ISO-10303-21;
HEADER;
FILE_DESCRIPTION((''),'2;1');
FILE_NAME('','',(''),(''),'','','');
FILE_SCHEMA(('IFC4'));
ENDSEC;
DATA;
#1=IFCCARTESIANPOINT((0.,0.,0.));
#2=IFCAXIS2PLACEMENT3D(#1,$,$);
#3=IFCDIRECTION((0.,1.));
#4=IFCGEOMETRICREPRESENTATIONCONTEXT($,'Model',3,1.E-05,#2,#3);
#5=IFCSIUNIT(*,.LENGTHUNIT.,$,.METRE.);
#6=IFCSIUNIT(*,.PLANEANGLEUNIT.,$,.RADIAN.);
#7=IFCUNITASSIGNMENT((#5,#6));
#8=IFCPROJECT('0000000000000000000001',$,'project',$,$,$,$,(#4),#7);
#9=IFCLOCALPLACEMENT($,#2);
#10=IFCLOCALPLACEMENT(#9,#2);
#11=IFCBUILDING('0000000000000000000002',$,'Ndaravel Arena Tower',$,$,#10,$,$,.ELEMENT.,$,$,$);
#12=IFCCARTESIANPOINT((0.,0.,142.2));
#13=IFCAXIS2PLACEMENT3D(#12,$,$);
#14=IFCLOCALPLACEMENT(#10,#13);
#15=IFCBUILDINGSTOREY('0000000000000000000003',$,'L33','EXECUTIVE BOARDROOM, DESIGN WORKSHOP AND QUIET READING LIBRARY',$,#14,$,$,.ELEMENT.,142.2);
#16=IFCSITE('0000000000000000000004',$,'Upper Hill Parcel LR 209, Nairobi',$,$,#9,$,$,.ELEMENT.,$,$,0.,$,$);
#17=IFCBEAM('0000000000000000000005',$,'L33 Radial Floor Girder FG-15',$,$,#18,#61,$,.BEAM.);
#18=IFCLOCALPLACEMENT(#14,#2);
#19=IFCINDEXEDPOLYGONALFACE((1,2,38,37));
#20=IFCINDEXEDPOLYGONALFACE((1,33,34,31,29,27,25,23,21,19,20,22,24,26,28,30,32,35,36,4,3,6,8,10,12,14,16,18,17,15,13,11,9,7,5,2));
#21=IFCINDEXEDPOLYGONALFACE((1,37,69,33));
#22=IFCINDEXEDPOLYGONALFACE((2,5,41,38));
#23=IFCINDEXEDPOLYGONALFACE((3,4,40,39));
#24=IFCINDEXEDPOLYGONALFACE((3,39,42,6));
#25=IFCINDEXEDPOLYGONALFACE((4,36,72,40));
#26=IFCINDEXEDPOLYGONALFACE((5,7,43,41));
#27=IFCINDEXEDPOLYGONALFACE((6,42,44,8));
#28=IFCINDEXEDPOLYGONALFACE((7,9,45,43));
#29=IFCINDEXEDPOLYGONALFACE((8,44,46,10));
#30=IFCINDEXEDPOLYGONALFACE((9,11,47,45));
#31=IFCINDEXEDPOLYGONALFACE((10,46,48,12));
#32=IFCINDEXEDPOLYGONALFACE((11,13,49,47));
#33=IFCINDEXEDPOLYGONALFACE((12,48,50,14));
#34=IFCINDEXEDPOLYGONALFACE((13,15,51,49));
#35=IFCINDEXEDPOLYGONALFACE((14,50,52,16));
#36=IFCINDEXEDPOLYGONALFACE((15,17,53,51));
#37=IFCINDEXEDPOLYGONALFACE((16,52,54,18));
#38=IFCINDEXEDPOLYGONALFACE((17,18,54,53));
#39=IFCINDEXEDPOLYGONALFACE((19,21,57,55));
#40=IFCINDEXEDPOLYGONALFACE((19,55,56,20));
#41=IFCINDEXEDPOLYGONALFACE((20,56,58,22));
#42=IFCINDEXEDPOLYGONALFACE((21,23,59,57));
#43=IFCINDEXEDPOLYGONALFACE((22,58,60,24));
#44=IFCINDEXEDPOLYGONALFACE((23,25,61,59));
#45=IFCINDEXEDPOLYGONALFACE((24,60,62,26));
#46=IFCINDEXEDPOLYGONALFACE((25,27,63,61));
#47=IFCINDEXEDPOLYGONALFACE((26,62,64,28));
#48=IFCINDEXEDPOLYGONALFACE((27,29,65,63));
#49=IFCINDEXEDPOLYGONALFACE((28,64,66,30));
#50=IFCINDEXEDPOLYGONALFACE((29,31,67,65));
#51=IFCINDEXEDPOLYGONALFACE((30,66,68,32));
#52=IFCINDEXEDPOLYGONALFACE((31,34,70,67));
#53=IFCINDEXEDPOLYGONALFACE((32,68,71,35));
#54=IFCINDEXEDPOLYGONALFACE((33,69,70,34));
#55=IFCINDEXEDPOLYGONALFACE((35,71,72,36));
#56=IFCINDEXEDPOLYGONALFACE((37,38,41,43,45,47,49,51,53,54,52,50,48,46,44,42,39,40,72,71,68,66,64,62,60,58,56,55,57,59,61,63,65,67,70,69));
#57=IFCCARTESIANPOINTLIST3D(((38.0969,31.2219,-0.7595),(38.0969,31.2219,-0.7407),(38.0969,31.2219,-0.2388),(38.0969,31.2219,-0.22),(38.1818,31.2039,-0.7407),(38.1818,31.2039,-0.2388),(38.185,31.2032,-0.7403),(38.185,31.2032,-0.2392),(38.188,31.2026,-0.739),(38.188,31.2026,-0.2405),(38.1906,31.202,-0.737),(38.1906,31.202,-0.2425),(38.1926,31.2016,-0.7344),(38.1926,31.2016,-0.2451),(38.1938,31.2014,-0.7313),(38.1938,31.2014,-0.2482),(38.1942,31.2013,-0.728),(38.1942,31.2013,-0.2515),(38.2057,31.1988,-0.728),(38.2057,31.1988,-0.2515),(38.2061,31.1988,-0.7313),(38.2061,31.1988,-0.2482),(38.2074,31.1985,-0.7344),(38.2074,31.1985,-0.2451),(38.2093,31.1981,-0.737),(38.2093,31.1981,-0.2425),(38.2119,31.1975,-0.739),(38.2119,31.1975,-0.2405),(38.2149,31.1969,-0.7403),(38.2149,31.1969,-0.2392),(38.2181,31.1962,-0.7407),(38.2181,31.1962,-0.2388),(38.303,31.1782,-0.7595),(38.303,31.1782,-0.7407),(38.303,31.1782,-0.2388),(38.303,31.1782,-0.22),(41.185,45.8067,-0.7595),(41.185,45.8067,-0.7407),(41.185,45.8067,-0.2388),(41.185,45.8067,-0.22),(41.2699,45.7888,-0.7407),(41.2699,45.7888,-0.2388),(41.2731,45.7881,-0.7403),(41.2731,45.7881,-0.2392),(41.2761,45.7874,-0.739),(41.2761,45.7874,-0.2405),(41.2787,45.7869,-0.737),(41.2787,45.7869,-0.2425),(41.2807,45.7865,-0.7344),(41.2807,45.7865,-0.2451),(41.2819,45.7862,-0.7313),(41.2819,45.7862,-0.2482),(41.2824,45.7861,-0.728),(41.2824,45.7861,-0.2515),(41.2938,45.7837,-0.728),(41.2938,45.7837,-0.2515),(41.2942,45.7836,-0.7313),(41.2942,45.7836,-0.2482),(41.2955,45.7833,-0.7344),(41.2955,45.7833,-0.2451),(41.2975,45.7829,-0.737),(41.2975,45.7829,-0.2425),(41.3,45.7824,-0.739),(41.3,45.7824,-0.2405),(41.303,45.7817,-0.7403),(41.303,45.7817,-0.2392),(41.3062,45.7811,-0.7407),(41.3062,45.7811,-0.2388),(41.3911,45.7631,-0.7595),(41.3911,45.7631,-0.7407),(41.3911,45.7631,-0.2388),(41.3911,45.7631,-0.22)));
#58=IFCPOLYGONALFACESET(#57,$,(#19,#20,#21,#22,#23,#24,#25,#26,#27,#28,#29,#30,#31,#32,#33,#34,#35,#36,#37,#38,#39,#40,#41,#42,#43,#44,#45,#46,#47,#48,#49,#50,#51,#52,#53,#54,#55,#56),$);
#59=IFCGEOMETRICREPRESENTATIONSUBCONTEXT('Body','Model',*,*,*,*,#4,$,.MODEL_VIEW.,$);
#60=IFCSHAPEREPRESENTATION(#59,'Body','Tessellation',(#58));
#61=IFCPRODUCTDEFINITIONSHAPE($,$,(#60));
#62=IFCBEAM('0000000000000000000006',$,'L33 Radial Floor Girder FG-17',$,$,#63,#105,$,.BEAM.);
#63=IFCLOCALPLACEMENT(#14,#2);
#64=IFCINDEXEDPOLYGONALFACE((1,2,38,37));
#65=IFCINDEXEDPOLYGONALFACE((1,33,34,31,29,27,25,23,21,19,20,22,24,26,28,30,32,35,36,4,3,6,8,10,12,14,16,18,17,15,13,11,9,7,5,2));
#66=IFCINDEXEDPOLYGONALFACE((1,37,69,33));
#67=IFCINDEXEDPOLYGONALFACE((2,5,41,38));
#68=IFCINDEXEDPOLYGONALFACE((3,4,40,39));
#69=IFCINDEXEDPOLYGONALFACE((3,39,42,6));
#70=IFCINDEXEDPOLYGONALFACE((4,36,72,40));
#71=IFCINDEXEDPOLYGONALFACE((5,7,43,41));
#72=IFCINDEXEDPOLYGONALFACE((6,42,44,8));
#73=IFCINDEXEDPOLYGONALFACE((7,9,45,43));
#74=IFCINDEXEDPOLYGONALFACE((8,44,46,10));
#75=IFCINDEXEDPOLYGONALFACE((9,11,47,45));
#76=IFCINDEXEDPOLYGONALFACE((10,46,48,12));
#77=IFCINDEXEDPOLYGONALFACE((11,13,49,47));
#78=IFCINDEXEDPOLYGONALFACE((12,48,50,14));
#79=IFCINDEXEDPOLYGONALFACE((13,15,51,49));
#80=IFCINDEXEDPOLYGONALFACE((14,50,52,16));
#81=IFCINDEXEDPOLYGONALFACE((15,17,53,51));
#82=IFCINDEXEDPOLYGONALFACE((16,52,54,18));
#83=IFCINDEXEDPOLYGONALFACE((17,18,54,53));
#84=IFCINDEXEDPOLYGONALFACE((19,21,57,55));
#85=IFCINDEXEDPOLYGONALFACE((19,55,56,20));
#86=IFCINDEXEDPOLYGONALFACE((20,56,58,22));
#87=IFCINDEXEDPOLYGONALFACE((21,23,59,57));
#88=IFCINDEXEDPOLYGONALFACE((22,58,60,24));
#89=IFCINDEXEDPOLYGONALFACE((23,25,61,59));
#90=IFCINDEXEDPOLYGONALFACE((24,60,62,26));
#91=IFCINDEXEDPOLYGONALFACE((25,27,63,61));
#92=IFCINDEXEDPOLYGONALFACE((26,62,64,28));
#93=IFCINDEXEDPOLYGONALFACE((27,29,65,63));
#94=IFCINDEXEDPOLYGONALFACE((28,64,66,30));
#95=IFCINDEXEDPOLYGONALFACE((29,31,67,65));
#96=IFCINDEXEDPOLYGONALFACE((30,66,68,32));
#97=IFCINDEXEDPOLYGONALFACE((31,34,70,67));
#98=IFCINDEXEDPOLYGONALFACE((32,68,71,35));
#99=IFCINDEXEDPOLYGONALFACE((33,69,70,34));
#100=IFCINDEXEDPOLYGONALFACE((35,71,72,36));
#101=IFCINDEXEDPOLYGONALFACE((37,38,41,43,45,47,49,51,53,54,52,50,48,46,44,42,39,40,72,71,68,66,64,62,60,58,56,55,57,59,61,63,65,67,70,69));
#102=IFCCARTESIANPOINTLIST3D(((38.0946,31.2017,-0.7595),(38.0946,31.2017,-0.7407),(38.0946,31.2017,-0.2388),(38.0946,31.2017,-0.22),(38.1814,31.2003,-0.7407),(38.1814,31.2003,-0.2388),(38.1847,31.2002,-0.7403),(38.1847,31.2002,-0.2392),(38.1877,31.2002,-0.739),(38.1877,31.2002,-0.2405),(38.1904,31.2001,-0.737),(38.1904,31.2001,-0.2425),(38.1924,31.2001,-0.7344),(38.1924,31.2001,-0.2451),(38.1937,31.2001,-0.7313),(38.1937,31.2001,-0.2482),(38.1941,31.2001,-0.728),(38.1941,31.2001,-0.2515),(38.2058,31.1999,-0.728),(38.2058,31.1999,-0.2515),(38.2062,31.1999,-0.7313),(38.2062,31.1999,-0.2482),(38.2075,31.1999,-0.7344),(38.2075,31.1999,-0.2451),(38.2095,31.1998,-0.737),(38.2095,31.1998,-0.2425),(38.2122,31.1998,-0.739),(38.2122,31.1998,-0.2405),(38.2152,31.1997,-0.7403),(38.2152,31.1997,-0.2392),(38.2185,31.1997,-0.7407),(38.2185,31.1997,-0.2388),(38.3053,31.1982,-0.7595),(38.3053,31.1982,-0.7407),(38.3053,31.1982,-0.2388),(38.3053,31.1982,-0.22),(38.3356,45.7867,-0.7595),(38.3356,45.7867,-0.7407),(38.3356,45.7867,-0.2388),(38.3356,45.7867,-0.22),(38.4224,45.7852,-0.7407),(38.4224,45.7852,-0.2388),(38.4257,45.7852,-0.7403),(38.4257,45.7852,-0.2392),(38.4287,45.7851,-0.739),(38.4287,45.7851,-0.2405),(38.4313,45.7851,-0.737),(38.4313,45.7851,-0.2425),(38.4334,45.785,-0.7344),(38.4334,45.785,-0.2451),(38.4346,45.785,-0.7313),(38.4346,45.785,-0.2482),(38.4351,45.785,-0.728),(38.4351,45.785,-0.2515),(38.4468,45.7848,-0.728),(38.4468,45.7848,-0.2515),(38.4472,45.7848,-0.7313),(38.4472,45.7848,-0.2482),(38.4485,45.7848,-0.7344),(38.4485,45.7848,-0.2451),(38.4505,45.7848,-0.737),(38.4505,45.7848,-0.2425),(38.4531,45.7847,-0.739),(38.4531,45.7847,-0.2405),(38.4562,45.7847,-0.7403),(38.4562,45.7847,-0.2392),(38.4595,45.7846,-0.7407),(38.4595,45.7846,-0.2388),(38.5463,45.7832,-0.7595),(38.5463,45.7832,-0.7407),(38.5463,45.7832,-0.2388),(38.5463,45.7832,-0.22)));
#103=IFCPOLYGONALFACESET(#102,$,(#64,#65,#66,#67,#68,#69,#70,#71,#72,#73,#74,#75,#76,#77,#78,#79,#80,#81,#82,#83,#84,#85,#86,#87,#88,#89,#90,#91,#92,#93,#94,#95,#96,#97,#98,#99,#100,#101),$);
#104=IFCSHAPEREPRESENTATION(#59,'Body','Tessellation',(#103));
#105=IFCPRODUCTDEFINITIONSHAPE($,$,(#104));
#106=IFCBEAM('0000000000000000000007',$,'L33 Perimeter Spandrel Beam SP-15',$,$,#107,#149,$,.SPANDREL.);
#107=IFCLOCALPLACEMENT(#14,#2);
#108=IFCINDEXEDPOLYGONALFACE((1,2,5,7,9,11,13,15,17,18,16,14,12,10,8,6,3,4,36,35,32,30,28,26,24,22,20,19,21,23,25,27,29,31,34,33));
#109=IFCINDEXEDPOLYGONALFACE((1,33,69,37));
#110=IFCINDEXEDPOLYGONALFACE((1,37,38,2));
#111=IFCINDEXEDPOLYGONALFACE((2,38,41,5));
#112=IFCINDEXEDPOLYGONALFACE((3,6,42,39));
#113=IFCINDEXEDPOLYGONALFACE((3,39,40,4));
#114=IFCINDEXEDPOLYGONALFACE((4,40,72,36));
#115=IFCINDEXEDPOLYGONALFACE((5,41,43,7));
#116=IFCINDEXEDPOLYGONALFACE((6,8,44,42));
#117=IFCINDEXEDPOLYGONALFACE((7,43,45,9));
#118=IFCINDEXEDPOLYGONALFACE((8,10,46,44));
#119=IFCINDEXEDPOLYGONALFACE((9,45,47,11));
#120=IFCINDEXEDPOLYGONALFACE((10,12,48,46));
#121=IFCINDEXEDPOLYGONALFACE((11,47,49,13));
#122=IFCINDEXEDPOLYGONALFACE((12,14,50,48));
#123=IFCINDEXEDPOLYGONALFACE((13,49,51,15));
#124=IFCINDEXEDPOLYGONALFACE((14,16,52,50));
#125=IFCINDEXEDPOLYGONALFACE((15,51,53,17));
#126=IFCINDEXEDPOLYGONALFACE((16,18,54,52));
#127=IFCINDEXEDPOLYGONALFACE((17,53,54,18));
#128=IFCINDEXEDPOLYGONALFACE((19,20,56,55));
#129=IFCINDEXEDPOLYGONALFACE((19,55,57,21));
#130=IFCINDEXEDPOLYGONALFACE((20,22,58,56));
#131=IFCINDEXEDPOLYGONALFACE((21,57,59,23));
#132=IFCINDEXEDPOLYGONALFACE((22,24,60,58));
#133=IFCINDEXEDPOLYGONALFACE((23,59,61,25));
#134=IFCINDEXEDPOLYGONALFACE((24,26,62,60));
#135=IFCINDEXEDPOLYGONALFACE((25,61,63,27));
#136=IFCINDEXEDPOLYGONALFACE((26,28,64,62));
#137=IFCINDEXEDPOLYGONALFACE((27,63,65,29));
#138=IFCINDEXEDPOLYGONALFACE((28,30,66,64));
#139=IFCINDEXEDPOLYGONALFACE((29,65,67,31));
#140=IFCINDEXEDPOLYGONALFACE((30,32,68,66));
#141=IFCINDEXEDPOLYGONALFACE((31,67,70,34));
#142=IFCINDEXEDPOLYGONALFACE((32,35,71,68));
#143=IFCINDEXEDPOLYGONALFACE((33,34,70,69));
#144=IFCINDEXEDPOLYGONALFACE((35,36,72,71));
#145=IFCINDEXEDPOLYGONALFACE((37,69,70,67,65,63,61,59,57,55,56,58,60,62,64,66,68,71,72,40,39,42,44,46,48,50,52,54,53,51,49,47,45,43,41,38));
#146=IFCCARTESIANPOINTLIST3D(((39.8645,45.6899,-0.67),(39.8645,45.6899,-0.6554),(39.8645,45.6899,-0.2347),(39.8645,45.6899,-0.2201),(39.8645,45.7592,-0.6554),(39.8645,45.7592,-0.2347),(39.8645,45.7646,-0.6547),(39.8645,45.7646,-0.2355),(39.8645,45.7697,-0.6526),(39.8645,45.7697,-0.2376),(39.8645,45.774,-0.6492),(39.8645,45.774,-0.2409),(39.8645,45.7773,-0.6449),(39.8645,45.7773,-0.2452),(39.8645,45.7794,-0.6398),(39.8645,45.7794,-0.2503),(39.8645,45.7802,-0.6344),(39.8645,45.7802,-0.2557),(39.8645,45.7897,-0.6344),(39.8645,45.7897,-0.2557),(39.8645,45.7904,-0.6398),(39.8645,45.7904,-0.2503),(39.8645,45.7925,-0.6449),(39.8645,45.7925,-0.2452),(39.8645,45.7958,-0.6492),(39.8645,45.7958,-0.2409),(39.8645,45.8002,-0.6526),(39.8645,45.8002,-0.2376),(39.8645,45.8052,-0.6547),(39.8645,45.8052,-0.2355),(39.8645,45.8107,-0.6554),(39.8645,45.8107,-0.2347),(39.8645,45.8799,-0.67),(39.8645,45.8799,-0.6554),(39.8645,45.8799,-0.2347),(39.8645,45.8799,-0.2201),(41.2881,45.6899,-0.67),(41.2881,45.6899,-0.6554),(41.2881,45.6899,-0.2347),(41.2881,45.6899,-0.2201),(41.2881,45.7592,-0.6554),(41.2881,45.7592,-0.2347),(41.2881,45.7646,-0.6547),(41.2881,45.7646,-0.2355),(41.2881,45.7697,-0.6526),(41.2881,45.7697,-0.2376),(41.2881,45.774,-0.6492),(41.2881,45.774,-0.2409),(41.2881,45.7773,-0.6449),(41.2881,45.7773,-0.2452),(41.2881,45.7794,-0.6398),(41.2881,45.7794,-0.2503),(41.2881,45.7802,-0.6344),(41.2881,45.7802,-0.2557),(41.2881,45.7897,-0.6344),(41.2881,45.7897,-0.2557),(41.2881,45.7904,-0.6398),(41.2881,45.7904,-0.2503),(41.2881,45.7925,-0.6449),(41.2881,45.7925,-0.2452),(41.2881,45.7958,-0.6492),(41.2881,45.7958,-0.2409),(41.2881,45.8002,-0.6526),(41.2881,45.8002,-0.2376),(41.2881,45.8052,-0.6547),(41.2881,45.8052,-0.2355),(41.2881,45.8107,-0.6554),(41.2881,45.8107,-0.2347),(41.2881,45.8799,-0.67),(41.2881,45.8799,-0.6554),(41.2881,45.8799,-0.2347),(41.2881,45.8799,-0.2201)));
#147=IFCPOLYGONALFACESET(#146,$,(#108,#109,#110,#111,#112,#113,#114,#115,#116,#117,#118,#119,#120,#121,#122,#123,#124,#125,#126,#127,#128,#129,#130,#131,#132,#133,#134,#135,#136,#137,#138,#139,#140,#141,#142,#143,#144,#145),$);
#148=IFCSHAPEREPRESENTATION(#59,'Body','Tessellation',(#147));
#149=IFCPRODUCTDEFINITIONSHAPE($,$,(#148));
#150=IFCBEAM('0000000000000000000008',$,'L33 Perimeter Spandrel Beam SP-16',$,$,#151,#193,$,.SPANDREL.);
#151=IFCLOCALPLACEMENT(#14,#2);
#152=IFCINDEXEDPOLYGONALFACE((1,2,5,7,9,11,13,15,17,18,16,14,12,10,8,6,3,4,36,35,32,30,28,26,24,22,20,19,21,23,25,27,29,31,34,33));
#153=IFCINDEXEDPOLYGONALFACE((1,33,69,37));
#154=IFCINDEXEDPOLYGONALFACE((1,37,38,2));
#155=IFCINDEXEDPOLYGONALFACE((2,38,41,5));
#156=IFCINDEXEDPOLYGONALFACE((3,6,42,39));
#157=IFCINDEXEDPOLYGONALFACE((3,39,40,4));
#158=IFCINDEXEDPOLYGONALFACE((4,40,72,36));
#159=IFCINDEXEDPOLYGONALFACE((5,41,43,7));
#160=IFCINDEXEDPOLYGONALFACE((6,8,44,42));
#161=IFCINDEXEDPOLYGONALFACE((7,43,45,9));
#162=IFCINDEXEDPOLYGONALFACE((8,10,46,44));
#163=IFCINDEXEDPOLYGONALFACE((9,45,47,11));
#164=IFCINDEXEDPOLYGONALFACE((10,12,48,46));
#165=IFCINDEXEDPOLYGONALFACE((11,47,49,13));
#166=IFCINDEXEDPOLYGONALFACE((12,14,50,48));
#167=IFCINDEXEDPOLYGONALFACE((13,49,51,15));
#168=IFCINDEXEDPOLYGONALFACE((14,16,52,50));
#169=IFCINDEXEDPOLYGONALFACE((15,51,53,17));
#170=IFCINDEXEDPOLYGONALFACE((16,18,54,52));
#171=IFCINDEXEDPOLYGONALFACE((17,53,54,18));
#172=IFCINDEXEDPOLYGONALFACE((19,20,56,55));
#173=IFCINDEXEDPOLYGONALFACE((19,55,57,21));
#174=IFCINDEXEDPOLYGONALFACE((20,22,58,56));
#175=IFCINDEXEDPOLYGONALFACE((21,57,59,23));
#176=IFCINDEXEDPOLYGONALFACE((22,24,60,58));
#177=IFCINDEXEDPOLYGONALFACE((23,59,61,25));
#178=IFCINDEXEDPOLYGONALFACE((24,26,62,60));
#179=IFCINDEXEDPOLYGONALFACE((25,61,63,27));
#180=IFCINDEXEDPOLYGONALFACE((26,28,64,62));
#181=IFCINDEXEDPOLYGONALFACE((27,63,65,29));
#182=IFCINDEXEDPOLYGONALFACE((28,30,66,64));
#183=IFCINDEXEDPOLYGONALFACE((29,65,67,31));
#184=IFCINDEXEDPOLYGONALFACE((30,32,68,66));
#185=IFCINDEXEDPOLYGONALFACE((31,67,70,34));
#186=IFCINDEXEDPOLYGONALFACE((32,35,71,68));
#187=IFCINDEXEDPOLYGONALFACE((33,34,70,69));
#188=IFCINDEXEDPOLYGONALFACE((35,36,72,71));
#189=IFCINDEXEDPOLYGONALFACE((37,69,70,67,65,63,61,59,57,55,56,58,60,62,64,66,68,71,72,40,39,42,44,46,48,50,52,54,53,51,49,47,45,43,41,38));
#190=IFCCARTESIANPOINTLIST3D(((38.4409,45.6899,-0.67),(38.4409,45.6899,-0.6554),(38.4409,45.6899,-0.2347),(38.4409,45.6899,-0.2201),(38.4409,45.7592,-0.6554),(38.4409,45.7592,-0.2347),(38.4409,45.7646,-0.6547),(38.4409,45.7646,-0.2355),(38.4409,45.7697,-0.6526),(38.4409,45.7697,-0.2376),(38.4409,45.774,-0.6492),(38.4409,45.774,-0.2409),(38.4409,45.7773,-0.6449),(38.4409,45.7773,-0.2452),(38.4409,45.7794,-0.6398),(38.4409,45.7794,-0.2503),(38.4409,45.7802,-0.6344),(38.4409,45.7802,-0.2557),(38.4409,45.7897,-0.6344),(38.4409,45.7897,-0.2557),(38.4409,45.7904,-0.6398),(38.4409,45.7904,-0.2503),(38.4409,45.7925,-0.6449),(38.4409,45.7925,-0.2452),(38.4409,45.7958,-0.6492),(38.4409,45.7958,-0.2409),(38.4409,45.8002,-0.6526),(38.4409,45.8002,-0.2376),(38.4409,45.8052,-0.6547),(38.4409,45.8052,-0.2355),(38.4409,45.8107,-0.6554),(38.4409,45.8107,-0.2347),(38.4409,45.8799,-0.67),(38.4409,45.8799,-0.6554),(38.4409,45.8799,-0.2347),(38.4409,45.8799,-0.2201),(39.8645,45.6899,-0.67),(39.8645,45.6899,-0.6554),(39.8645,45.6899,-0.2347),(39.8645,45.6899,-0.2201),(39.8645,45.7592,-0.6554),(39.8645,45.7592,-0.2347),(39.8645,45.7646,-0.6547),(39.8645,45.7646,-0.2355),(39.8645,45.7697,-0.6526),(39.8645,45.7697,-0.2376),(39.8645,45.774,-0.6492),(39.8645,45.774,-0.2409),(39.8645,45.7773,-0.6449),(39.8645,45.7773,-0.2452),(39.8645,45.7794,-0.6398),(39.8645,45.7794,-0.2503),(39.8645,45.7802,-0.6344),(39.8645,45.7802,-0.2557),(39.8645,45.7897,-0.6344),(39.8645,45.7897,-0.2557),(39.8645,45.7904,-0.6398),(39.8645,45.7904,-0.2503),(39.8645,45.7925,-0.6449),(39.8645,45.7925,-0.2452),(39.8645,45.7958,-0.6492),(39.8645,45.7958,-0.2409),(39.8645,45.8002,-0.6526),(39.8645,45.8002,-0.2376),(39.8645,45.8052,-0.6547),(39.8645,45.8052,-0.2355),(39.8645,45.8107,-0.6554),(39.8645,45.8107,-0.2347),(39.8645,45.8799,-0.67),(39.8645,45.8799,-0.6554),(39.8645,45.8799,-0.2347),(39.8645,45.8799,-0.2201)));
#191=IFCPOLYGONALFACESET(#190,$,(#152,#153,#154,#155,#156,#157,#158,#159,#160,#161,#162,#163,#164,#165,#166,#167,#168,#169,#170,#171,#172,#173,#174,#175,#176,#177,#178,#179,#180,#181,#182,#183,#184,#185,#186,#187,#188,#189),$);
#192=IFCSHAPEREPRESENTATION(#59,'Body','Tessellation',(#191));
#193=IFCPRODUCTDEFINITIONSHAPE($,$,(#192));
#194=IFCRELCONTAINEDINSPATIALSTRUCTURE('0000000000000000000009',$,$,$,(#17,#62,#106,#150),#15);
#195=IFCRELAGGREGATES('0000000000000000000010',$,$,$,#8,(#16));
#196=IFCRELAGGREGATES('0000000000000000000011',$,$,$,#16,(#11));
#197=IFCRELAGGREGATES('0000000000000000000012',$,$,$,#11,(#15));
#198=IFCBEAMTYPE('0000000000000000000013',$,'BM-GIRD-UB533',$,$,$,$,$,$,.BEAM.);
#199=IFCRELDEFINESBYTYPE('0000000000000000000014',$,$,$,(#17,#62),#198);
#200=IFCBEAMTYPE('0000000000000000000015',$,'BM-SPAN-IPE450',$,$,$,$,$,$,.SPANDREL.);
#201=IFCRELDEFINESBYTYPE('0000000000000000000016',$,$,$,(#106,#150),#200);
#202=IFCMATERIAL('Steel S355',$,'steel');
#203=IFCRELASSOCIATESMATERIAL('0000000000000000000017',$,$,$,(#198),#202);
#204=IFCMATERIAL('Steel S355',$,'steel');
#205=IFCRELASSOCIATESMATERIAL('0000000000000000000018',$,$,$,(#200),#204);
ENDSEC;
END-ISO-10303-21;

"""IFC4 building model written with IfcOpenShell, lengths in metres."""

from ifc_helpers import new_model, si_unit, direction, frame, origin, origin_2d, place, context, subcontext, project, spatial, i_section, extrude, material, material_profile, profile_set, type_object, element, save


model = new_model("IFC4")

# Units and contexts
model_context = context("Model", 3, precision=1e-05, world=origin(), true_north=direction((0.0, 1.0)))
body_context = subcontext(model_context, "Body", "Model", "MODEL_VIEW")
ifc_project = project(units=[si_unit("LENGTHUNIT", "METRE"), si_unit("PLANEANGLEUNIT", "RADIAN")], contexts=[model_context])

# Site, building, storey
site_placement = place(None, origin())
site = spatial("IfcSite", under=ifc_project, at=site_placement, Name="Upper Hill Parcel LR 209, Nairobi", CompositionType="ELEMENT", RefElevation=0.0)
building_placement = place(site_placement, origin())
building = spatial("IfcBuilding", under=site, at=building_placement, Name="Ndaravel Arena Tower", CompositionType="ELEMENT")
storey_placement = place(building_placement, frame((0.0, 0.0, 142.2)))
storey = spatial("IfcBuildingStorey", under=building, at=storey_placement, Name="L33", Description="EXECUTIVE BOARDROOM, DESIGN WORKSHOP AND QUIET READING LIBRARY", CompositionType="ELEMENT", Elevation=142.2)

# Beams
ifc_material_1 = material(Name="Steel S355", Category="steel")
ifc_material_profile_1 = material_profile(ifc_material_1, i_section(OverallWidth=0.2107, OverallDepth=0.5396, WebThickness=0.0117, FlangeThickness=0.0188, FilletRadius=0.0127, at=origin_2d()), Name="UB 533x210x109")
ifc_profile_set_1 = profile_set([ifc_material_profile_1], Name="Steel S355")
beam_type_1 = type_object("IfcBeamType", Name="BM-GIRD-UB533", PredefinedType="BEAM", material=ifc_profile_set_1)
beam_1_placement = place(storey_placement, frame((41.2881, 45.7849, -0.4897), z_axis=(-0.207142, -0.978311, 0.0), x_axis=(0.978311, -0.207142, 0.0)))
element("IfcBeam", 1, at=beam_1_placement, inside=storey, type_object=beam_type_1, Name="L33 Radial Floor Girder FG-15", PredefinedType="BEAM", context=body_context, shape_type="SweptSolid", body=[
    extrude(i_section(OverallWidth=0.2107, OverallDepth=0.5396, WebThickness=0.0117, FlangeThickness=0.0188, FilletRadius=0.0127, at=origin_2d()), origin(), (0.0, 0.0, 1.0), 14.9082),
])
beam_2_placement = place(storey_placement, frame((38.4409, 45.7849, -0.4897), z_axis=(-0.016519, -0.999864, 0.0), x_axis=(0.999864, -0.016519, 0.0)))
element("IfcBeam", 2, at=beam_2_placement, inside=storey, type_object=beam_type_1, Name="L33 Radial Floor Girder FG-17", PredefinedType="BEAM", context=body_context, shape_type="SweptSolid", body=[
    extrude(i_section(OverallWidth=0.2107, OverallDepth=0.5396, WebThickness=0.0117, FlangeThickness=0.0188, FilletRadius=0.0127, at=origin_2d()), origin(), (0.0, 0.0, 1.0), 14.5869),
])
ifc_material_2 = material(Name="Steel S355", Category="steel")
ifc_material_profile_2 = material_profile(ifc_material_2, i_section(OverallWidth=0.1899, OverallDepth=0.45, WebThickness=0.0095, FlangeThickness=0.0146, FilletRadius=0.021, at=origin_2d()), Name="IPE 450")
ifc_profile_set_2 = profile_set([ifc_material_profile_2], Name="Steel S355")
beam_type_2 = type_object("IfcBeamType", Name="BM-SPAN-IPE450", PredefinedType="SPANDREL", material=ifc_profile_set_2)
for number, where, z_axis, x_axis, name in (
    (3, (41.2881, 45.7849, -0.4451), (-1.0, 0.0, 0.0), (0.0, -1.0, 0.0), "L33 Perimeter Spandrel Beam SP-15"),
    (4, (39.8645, 45.7849, -0.4451), (-1.0, 0.0, 0.0), (0.0, -1.0, 0.0), "L33 Perimeter Spandrel Beam SP-16"),
):
    element("IfcBeam", number, at=place(storey_placement, frame(where, z_axis=z_axis, x_axis=x_axis)), inside=storey, type_object=beam_type_2, Name=name, PredefinedType="SPANDREL", context=body_context, shape_type="SweptSolid", body=[
        extrude(i_section(OverallWidth=0.1899, OverallDepth=0.45, WebThickness=0.0095, FlangeThickness=0.0146, FilletRadius=0.021, at=origin_2d()), origin(), (0.0, 0.0, 1.0), 1.4236),
    ])

save(model, "model.ifc")
